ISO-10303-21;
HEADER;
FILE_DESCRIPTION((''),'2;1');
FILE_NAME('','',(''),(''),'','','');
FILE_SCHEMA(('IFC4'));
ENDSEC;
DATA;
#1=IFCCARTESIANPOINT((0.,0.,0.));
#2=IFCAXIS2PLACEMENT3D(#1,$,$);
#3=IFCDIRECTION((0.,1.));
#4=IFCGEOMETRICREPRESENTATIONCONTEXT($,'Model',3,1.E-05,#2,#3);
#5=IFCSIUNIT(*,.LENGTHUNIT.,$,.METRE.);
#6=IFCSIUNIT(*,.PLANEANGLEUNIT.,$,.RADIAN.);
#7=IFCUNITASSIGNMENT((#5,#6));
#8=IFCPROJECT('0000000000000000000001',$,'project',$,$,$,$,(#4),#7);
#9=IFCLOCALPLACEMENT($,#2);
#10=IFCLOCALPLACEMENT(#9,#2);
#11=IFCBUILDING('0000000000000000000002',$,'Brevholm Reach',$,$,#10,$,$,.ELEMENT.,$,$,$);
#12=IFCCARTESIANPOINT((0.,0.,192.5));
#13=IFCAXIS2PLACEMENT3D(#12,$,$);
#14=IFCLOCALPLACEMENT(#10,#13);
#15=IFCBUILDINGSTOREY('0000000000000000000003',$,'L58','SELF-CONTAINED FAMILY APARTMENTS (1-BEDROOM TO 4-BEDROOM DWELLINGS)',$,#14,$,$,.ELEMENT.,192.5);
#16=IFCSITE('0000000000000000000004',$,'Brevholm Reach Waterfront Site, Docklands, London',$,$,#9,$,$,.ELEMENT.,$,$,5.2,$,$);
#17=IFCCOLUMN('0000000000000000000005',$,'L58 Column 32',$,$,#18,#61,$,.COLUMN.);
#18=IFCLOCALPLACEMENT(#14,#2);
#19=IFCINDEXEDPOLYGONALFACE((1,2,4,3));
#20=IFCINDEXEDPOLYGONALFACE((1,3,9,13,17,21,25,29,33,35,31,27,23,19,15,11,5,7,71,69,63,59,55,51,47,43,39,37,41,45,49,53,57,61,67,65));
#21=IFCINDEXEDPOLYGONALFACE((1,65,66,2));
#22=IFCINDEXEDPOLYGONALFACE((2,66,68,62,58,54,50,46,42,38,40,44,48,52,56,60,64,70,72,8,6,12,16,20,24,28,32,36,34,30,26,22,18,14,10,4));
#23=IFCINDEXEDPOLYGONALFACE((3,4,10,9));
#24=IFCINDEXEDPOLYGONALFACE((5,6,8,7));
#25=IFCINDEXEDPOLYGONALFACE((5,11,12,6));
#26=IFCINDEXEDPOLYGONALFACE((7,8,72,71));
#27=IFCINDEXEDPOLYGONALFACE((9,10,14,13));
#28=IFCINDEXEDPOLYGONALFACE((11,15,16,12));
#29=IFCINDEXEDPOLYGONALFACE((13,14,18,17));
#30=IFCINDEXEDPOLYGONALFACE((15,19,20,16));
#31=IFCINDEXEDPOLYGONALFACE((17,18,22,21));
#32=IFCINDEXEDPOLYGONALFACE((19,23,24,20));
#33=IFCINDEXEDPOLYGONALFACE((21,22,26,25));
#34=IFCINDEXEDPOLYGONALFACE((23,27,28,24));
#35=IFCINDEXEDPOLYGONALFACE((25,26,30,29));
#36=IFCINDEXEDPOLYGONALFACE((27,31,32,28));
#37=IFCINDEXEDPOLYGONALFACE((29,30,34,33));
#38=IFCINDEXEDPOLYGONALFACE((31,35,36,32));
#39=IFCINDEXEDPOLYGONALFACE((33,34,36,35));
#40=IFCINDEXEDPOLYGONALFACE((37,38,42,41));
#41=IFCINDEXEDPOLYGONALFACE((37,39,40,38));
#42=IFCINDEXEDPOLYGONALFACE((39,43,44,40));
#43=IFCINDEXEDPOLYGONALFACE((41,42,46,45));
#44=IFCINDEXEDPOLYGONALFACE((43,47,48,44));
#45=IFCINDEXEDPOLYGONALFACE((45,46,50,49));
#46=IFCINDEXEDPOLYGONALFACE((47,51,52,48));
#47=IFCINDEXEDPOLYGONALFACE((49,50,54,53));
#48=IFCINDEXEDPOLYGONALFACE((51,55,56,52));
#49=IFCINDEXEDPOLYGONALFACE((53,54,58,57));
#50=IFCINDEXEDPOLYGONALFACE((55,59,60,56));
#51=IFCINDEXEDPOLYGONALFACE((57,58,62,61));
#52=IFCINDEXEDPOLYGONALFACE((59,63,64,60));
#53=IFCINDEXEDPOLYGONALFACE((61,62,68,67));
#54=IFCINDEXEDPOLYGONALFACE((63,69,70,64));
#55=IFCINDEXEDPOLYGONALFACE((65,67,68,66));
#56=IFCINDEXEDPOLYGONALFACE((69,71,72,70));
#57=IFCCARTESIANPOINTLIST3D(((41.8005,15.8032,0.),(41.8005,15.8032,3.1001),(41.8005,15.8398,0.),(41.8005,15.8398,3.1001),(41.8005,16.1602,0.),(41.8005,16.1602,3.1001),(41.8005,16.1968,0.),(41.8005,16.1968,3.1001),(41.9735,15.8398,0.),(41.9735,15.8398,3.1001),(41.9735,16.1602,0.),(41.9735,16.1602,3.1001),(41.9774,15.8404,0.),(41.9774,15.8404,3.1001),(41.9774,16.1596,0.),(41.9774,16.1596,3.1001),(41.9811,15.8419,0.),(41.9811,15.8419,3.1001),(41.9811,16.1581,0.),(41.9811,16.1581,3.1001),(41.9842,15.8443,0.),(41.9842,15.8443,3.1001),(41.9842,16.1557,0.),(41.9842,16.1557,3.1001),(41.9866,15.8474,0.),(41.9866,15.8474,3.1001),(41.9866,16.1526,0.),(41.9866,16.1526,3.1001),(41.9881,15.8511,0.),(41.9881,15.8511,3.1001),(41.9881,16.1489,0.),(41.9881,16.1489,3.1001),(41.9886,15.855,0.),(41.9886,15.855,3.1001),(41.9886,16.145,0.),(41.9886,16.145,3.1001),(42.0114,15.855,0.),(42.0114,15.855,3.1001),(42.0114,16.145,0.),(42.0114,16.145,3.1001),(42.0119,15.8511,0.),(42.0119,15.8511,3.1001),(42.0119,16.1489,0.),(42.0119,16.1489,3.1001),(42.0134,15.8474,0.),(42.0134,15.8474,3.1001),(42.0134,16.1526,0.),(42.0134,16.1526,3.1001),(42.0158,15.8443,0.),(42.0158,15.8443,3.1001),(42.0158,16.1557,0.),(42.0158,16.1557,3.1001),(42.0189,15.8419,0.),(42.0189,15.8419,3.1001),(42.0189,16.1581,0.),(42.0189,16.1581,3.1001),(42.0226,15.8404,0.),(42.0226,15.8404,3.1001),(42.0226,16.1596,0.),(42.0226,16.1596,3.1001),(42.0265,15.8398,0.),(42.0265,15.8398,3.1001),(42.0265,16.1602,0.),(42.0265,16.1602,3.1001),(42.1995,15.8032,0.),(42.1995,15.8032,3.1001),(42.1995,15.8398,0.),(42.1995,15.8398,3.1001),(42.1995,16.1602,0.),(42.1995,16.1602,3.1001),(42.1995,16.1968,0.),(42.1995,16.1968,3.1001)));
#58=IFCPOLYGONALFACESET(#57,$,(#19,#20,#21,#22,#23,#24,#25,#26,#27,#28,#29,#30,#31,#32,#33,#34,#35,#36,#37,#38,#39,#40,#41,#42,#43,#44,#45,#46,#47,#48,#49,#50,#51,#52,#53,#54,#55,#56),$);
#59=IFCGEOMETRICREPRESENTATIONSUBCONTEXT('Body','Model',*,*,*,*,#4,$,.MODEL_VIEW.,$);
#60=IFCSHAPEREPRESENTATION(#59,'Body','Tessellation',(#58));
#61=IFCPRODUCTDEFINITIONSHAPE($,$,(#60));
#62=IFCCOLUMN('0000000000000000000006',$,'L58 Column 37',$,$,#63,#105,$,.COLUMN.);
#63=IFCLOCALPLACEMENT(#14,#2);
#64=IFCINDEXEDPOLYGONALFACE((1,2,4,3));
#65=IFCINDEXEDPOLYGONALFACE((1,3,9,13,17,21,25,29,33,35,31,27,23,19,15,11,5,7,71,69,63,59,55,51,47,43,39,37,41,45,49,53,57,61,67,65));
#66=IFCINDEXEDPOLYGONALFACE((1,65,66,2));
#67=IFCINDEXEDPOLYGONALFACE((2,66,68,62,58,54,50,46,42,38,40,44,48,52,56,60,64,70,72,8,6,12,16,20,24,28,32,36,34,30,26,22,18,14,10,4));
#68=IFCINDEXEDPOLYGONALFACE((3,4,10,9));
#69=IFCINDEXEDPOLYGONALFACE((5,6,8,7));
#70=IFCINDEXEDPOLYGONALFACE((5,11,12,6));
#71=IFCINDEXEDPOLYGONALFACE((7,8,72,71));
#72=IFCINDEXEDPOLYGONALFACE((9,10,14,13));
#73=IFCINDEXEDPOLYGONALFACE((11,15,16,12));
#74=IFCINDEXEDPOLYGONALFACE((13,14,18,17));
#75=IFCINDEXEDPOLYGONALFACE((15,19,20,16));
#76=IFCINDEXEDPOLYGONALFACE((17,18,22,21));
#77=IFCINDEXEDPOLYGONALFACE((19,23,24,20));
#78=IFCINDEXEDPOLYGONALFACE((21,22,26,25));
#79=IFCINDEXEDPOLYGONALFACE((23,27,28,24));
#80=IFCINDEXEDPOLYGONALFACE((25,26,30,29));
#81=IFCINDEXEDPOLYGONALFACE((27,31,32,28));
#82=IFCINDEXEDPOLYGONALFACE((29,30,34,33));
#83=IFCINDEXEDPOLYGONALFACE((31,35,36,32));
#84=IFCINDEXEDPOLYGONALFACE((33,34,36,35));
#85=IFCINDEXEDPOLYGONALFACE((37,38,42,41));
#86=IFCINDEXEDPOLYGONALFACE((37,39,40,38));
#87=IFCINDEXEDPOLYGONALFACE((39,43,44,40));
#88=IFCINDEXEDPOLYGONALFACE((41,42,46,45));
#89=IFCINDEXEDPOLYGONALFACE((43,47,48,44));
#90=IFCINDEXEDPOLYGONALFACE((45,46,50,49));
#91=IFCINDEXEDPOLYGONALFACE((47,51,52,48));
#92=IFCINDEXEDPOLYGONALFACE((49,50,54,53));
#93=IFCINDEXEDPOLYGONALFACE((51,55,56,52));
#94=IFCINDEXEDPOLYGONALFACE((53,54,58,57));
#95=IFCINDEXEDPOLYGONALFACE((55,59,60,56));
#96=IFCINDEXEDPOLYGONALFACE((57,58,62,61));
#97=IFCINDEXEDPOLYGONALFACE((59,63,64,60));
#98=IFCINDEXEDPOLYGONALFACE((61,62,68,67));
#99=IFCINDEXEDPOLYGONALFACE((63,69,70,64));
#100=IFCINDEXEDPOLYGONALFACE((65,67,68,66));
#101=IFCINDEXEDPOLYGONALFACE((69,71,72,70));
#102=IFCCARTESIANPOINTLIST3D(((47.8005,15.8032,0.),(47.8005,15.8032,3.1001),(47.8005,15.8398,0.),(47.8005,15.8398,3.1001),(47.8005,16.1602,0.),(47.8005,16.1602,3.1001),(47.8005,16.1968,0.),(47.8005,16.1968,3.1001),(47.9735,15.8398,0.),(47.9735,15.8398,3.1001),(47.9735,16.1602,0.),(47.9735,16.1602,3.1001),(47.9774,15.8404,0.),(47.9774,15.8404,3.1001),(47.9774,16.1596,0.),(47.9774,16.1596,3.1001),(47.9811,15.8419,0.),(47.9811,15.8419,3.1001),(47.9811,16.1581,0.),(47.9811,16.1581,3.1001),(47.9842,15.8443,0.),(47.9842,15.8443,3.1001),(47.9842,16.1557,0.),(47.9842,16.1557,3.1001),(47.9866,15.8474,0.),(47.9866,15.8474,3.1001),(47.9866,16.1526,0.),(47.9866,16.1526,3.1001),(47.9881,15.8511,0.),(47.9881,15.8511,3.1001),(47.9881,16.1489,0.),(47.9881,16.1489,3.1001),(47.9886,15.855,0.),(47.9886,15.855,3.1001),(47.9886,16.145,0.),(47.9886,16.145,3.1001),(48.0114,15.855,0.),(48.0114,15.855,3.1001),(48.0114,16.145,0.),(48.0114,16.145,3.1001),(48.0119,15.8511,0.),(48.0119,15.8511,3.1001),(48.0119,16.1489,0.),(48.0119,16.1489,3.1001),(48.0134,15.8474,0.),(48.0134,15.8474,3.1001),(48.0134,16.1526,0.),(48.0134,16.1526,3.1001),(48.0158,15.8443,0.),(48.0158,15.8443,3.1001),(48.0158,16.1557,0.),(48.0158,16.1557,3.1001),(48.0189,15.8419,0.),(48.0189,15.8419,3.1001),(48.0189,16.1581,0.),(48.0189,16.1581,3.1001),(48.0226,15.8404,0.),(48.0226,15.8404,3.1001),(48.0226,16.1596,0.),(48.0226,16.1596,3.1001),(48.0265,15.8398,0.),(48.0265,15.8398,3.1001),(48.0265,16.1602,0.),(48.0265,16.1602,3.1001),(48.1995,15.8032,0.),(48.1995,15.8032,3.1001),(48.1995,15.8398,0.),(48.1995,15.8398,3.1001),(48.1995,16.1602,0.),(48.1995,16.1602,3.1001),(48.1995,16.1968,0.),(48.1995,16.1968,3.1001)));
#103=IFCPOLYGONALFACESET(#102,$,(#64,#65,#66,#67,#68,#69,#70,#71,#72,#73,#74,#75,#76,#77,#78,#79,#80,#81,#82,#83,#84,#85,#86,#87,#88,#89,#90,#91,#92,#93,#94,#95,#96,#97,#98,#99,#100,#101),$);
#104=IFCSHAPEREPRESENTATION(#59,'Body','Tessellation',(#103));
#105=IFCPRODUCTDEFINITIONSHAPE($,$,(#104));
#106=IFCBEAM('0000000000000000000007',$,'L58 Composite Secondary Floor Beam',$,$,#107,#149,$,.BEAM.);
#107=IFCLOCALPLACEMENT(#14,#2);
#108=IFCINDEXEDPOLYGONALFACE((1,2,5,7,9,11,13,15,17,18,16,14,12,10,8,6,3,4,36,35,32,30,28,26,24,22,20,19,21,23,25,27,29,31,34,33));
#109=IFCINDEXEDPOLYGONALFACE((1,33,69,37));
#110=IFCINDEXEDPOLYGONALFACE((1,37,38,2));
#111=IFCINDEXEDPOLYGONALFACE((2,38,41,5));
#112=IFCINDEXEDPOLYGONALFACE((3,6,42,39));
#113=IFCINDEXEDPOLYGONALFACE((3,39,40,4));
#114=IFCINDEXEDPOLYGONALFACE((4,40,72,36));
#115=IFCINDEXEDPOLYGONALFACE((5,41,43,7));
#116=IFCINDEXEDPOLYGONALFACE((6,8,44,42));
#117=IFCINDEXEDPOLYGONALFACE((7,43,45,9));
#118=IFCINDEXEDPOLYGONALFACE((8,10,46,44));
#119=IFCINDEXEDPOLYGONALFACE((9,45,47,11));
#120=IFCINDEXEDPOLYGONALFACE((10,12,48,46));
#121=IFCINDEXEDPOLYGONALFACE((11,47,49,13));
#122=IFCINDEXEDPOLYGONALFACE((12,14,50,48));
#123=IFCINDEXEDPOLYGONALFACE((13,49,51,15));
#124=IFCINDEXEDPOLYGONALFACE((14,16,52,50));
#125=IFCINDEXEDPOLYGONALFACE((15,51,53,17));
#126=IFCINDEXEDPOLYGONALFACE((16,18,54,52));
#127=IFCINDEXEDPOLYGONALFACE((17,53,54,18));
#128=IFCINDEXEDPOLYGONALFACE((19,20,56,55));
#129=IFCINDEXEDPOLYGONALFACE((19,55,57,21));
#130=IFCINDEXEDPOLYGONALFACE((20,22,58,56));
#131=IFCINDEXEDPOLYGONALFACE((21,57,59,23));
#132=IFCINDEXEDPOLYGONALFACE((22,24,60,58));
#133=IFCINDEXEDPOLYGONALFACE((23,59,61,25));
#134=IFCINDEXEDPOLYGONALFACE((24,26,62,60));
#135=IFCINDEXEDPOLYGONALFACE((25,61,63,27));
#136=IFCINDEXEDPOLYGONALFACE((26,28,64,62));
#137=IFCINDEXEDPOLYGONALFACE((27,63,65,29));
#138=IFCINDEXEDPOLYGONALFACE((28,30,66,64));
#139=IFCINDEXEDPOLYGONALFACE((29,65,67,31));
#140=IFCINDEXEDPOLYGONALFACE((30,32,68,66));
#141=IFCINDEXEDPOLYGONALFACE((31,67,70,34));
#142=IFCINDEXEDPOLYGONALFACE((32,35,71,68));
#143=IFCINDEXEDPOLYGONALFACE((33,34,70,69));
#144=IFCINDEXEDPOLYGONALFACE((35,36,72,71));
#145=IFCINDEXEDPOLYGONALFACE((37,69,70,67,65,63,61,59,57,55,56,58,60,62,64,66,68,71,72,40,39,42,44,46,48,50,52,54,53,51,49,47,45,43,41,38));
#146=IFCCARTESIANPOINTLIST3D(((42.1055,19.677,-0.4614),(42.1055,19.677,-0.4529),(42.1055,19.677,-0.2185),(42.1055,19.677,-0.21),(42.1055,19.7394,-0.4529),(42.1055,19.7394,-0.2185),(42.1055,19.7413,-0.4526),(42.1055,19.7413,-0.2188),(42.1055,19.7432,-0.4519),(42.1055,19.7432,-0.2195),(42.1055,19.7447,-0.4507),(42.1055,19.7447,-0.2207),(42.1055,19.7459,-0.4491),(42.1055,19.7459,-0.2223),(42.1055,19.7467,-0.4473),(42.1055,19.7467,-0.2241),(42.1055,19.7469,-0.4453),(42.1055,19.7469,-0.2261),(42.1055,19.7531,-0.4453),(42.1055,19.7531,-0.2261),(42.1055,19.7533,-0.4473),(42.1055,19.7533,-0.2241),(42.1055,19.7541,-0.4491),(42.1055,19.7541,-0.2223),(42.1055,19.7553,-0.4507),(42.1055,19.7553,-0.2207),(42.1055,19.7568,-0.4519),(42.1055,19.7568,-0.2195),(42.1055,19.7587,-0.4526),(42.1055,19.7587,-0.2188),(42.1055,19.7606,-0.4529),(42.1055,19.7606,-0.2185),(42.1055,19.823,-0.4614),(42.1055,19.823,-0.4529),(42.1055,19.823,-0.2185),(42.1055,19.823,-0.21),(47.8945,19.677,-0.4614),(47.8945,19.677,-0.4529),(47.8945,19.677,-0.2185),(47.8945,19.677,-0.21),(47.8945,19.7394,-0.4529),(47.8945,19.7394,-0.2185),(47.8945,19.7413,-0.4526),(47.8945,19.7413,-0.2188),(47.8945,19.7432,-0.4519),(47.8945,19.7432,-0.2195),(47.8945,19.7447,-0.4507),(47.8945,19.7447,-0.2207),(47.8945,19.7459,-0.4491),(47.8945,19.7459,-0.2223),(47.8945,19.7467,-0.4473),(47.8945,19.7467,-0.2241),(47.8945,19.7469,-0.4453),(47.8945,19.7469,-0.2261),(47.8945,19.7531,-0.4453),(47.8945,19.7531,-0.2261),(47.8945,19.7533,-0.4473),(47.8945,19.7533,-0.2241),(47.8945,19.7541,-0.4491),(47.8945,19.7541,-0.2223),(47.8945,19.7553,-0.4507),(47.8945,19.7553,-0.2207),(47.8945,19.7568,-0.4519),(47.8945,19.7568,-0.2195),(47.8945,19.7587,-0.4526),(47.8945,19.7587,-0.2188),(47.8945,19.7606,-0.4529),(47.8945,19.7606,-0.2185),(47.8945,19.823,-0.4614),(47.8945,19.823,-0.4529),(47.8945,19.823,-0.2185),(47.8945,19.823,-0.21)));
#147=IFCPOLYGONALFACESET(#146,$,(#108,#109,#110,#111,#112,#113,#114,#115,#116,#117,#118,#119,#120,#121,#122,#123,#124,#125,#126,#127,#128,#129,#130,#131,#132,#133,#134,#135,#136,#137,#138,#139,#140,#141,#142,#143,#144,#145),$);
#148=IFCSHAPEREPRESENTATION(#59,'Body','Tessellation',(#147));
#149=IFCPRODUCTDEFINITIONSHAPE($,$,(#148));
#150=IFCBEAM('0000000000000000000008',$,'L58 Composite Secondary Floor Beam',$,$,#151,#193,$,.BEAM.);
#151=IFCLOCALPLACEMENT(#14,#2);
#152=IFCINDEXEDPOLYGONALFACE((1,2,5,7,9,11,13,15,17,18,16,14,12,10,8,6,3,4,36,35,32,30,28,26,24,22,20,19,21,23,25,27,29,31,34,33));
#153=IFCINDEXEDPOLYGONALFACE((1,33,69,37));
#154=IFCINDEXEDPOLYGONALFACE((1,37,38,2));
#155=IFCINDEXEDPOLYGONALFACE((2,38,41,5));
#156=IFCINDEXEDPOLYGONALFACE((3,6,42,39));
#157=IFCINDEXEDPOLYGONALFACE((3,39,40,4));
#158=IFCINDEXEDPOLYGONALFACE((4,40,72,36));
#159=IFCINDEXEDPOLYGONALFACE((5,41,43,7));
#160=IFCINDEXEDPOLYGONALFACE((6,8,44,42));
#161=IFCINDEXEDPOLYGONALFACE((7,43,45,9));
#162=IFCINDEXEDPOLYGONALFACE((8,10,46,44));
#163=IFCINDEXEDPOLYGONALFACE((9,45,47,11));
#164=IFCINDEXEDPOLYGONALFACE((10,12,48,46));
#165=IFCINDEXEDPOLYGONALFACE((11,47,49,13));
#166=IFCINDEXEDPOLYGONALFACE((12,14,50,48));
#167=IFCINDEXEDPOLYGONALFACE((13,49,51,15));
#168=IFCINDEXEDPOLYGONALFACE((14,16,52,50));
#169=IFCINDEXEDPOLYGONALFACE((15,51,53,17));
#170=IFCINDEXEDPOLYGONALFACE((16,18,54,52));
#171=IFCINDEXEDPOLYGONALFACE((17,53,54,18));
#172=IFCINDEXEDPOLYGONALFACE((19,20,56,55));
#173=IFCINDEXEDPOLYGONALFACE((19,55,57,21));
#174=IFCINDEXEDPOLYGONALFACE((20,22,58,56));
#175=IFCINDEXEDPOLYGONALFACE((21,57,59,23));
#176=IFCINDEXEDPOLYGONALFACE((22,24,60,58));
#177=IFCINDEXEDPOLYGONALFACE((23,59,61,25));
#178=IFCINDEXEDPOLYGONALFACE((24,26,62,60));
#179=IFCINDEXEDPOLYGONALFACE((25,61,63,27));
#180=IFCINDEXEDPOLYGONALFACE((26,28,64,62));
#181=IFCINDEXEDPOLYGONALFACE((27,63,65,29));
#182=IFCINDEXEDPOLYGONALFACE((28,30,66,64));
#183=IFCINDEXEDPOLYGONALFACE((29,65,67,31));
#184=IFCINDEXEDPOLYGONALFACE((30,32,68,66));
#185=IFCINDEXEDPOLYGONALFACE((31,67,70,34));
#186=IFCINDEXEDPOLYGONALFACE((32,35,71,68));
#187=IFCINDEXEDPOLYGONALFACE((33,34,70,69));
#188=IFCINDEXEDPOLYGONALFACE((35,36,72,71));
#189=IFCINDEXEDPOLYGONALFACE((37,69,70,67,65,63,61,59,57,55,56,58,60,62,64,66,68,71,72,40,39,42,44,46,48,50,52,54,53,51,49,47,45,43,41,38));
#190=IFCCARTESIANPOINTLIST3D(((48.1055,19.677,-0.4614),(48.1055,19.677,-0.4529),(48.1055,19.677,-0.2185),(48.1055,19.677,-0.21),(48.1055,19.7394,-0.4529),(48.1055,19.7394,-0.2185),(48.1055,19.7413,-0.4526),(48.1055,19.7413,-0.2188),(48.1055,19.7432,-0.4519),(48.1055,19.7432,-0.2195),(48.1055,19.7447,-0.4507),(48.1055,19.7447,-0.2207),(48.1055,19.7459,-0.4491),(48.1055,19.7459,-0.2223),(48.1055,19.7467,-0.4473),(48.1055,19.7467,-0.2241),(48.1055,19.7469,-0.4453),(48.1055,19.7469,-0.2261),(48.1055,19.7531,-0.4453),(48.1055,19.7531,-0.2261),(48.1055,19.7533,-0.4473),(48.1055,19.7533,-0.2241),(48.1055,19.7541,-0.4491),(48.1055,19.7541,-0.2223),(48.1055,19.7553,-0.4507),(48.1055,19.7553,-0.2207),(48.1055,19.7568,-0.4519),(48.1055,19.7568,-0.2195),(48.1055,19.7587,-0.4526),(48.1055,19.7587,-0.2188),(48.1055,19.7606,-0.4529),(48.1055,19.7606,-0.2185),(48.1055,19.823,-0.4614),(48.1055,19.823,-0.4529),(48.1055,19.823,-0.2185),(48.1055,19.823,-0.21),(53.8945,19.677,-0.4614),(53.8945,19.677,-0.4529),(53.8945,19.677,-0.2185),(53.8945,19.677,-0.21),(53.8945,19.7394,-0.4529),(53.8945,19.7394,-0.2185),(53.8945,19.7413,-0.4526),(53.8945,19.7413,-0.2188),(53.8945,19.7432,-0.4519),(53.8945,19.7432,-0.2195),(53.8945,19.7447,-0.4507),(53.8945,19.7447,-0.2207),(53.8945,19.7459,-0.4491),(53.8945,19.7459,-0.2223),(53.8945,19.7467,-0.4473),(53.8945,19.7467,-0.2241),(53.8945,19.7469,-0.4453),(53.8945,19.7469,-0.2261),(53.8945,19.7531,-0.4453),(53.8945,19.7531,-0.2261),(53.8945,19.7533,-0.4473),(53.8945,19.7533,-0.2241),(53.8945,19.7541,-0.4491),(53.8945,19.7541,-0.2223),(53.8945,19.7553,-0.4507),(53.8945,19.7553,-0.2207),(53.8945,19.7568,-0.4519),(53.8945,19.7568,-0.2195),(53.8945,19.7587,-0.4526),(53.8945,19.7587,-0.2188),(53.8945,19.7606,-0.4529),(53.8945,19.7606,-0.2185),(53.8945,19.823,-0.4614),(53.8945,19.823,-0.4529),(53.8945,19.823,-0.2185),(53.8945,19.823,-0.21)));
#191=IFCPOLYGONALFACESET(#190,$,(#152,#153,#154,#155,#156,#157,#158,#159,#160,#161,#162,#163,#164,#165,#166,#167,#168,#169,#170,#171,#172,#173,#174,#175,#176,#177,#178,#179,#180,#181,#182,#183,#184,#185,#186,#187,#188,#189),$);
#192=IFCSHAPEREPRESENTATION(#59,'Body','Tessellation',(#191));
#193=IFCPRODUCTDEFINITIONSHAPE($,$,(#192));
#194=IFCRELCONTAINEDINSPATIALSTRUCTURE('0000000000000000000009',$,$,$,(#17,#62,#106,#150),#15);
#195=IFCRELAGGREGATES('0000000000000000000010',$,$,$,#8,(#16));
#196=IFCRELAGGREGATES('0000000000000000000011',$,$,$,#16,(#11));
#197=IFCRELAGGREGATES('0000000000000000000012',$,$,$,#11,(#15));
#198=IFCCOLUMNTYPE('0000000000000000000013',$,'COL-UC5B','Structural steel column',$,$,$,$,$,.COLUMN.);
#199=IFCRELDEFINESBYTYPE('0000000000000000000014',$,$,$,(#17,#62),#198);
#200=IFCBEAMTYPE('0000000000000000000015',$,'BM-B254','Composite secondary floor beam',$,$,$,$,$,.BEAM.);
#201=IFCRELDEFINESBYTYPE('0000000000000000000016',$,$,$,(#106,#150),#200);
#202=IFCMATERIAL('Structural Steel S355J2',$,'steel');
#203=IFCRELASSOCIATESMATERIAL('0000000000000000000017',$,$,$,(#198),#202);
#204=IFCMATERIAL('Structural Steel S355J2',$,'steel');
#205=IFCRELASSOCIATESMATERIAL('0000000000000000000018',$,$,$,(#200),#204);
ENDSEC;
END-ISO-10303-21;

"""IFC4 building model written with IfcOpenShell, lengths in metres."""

from ifc_helpers import new_model, si_unit, direction, frame, origin, origin_2d, place, context, subcontext, project, spatial, i_section, extrude, material, material_profile, profile_set, type_object, element, save


model = new_model("IFC4")

# Units and contexts
model_context = context("Model", 3, precision=1e-05, world=origin(), true_north=direction((0.0, 1.0)))
body_context = subcontext(model_context, "Body", "Model", "MODEL_VIEW")
ifc_project = project(units=[si_unit("LENGTHUNIT", "METRE"), si_unit("PLANEANGLEUNIT", "RADIAN")], contexts=[model_context])

# Site, building, storey
site_placement = place(None, origin())
site = spatial("IfcSite", under=ifc_project, at=site_placement, Name="Brevholm Reach Waterfront Site, Docklands, London", CompositionType="ELEMENT", RefElevation=5.2)
building_placement = place(site_placement, origin())
building = spatial("IfcBuilding", under=site, at=building_placement, Name="Brevholm Reach", CompositionType="ELEMENT")
storey_placement = place(building_placement, frame((0.0, 0.0, 192.5)))
storey = spatial("IfcBuildingStorey", under=building, at=storey_placement, Name="L58", Description="SELF-CONTAINED FAMILY APARTMENTS (1-BEDROOM TO 4-BEDROOM DWELLINGS)", CompositionType="ELEMENT", Elevation=192.5)

# Columns
ifc_material_1 = material(Name="Structural Steel S355J2", Category="steel")
ifc_material_profile_1 = material_profile(ifc_material_1, i_section(OverallWidth=0.3989, OverallDepth=0.3936, WebThickness=0.0227, FlangeThickness=0.0366, FilletRadius=0.0151, at=origin_2d()), Name="UKC 356x406x287")
ifc_profile_set_1 = profile_set([ifc_material_profile_1], Name="Structural Steel S355J2")
column_type = type_object("IfcColumnType", Name="COL-UC5B", Description="Structural steel column", PredefinedType="COLUMN", material=ifc_profile_set_1)
for number, where, z_axis, x_axis, name in (
    (1, (42.0, 16.0, 0.0), (0.0, 0.0, 1.0), (1.0, 0.0, 0.0), "L58 Column 32"),
    (2, (48.0, 16.0, 0.0), (0.0, 0.0, 1.0), (1.0, 0.0, 0.0), "L58 Column 37"),
):
    element("IfcColumn", number, at=place(storey_placement, frame(where, z_axis=z_axis, x_axis=x_axis)), inside=storey, type_object=column_type, Name=name, PredefinedType="COLUMN", context=body_context, shape_type="SweptSolid", body=[
        extrude(i_section(OverallWidth=0.3989, OverallDepth=0.3936, WebThickness=0.0227, FlangeThickness=0.0366, FilletRadius=0.0151, at=origin_2d()), origin(), (0.0, 0.0, 1.0), 3.1001),
    ])

# Beams
ifc_material_2 = material(Name="Structural Steel S355J2", Category="steel")
ifc_material_profile_2 = material_profile(ifc_material_2, i_section(OverallWidth=0.146, OverallDepth=0.2515, WebThickness=0.0061, FlangeThickness=0.0085, FilletRadius=0.0076, at=origin_2d()), Name="UKB 254x146x31")
ifc_profile_set_2 = profile_set([ifc_material_profile_2], Name="Structural Steel S355J2")
beam_type_1 = type_object("IfcBeamType", Name="BM-B254", Description="Composite secondary floor beam", PredefinedType="BEAM", material=ifc_profile_set_2)
for number, where, z_axis, x_axis, name in (
    (3, (42.1055, 19.75, -0.3357), (1.0, 0.0, 0.0), (0.0, 1.0, 0.0), "L58 Composite Secondary Floor Beam"),
    (4, (48.1055, 19.75, -0.3357), (1.0, 0.0, 0.0), (0.0, 1.0, 0.0), "L58 Composite Secondary Floor Beam"),
):
    element("IfcBeam", number, at=place(storey_placement, frame(where, z_axis=z_axis, x_axis=x_axis)), inside=storey, type_object=beam_type_1, Name=name, PredefinedType="BEAM", context=body_context, shape_type="SweptSolid", body=[
        extrude(i_section(OverallWidth=0.146, OverallDepth=0.2515, WebThickness=0.0061, FlangeThickness=0.0085, FilletRadius=0.0076, at=origin_2d()), origin(), (0.0, 0.0, 1.0), 5.7891),
    ])

save(model, "model.ifc")
